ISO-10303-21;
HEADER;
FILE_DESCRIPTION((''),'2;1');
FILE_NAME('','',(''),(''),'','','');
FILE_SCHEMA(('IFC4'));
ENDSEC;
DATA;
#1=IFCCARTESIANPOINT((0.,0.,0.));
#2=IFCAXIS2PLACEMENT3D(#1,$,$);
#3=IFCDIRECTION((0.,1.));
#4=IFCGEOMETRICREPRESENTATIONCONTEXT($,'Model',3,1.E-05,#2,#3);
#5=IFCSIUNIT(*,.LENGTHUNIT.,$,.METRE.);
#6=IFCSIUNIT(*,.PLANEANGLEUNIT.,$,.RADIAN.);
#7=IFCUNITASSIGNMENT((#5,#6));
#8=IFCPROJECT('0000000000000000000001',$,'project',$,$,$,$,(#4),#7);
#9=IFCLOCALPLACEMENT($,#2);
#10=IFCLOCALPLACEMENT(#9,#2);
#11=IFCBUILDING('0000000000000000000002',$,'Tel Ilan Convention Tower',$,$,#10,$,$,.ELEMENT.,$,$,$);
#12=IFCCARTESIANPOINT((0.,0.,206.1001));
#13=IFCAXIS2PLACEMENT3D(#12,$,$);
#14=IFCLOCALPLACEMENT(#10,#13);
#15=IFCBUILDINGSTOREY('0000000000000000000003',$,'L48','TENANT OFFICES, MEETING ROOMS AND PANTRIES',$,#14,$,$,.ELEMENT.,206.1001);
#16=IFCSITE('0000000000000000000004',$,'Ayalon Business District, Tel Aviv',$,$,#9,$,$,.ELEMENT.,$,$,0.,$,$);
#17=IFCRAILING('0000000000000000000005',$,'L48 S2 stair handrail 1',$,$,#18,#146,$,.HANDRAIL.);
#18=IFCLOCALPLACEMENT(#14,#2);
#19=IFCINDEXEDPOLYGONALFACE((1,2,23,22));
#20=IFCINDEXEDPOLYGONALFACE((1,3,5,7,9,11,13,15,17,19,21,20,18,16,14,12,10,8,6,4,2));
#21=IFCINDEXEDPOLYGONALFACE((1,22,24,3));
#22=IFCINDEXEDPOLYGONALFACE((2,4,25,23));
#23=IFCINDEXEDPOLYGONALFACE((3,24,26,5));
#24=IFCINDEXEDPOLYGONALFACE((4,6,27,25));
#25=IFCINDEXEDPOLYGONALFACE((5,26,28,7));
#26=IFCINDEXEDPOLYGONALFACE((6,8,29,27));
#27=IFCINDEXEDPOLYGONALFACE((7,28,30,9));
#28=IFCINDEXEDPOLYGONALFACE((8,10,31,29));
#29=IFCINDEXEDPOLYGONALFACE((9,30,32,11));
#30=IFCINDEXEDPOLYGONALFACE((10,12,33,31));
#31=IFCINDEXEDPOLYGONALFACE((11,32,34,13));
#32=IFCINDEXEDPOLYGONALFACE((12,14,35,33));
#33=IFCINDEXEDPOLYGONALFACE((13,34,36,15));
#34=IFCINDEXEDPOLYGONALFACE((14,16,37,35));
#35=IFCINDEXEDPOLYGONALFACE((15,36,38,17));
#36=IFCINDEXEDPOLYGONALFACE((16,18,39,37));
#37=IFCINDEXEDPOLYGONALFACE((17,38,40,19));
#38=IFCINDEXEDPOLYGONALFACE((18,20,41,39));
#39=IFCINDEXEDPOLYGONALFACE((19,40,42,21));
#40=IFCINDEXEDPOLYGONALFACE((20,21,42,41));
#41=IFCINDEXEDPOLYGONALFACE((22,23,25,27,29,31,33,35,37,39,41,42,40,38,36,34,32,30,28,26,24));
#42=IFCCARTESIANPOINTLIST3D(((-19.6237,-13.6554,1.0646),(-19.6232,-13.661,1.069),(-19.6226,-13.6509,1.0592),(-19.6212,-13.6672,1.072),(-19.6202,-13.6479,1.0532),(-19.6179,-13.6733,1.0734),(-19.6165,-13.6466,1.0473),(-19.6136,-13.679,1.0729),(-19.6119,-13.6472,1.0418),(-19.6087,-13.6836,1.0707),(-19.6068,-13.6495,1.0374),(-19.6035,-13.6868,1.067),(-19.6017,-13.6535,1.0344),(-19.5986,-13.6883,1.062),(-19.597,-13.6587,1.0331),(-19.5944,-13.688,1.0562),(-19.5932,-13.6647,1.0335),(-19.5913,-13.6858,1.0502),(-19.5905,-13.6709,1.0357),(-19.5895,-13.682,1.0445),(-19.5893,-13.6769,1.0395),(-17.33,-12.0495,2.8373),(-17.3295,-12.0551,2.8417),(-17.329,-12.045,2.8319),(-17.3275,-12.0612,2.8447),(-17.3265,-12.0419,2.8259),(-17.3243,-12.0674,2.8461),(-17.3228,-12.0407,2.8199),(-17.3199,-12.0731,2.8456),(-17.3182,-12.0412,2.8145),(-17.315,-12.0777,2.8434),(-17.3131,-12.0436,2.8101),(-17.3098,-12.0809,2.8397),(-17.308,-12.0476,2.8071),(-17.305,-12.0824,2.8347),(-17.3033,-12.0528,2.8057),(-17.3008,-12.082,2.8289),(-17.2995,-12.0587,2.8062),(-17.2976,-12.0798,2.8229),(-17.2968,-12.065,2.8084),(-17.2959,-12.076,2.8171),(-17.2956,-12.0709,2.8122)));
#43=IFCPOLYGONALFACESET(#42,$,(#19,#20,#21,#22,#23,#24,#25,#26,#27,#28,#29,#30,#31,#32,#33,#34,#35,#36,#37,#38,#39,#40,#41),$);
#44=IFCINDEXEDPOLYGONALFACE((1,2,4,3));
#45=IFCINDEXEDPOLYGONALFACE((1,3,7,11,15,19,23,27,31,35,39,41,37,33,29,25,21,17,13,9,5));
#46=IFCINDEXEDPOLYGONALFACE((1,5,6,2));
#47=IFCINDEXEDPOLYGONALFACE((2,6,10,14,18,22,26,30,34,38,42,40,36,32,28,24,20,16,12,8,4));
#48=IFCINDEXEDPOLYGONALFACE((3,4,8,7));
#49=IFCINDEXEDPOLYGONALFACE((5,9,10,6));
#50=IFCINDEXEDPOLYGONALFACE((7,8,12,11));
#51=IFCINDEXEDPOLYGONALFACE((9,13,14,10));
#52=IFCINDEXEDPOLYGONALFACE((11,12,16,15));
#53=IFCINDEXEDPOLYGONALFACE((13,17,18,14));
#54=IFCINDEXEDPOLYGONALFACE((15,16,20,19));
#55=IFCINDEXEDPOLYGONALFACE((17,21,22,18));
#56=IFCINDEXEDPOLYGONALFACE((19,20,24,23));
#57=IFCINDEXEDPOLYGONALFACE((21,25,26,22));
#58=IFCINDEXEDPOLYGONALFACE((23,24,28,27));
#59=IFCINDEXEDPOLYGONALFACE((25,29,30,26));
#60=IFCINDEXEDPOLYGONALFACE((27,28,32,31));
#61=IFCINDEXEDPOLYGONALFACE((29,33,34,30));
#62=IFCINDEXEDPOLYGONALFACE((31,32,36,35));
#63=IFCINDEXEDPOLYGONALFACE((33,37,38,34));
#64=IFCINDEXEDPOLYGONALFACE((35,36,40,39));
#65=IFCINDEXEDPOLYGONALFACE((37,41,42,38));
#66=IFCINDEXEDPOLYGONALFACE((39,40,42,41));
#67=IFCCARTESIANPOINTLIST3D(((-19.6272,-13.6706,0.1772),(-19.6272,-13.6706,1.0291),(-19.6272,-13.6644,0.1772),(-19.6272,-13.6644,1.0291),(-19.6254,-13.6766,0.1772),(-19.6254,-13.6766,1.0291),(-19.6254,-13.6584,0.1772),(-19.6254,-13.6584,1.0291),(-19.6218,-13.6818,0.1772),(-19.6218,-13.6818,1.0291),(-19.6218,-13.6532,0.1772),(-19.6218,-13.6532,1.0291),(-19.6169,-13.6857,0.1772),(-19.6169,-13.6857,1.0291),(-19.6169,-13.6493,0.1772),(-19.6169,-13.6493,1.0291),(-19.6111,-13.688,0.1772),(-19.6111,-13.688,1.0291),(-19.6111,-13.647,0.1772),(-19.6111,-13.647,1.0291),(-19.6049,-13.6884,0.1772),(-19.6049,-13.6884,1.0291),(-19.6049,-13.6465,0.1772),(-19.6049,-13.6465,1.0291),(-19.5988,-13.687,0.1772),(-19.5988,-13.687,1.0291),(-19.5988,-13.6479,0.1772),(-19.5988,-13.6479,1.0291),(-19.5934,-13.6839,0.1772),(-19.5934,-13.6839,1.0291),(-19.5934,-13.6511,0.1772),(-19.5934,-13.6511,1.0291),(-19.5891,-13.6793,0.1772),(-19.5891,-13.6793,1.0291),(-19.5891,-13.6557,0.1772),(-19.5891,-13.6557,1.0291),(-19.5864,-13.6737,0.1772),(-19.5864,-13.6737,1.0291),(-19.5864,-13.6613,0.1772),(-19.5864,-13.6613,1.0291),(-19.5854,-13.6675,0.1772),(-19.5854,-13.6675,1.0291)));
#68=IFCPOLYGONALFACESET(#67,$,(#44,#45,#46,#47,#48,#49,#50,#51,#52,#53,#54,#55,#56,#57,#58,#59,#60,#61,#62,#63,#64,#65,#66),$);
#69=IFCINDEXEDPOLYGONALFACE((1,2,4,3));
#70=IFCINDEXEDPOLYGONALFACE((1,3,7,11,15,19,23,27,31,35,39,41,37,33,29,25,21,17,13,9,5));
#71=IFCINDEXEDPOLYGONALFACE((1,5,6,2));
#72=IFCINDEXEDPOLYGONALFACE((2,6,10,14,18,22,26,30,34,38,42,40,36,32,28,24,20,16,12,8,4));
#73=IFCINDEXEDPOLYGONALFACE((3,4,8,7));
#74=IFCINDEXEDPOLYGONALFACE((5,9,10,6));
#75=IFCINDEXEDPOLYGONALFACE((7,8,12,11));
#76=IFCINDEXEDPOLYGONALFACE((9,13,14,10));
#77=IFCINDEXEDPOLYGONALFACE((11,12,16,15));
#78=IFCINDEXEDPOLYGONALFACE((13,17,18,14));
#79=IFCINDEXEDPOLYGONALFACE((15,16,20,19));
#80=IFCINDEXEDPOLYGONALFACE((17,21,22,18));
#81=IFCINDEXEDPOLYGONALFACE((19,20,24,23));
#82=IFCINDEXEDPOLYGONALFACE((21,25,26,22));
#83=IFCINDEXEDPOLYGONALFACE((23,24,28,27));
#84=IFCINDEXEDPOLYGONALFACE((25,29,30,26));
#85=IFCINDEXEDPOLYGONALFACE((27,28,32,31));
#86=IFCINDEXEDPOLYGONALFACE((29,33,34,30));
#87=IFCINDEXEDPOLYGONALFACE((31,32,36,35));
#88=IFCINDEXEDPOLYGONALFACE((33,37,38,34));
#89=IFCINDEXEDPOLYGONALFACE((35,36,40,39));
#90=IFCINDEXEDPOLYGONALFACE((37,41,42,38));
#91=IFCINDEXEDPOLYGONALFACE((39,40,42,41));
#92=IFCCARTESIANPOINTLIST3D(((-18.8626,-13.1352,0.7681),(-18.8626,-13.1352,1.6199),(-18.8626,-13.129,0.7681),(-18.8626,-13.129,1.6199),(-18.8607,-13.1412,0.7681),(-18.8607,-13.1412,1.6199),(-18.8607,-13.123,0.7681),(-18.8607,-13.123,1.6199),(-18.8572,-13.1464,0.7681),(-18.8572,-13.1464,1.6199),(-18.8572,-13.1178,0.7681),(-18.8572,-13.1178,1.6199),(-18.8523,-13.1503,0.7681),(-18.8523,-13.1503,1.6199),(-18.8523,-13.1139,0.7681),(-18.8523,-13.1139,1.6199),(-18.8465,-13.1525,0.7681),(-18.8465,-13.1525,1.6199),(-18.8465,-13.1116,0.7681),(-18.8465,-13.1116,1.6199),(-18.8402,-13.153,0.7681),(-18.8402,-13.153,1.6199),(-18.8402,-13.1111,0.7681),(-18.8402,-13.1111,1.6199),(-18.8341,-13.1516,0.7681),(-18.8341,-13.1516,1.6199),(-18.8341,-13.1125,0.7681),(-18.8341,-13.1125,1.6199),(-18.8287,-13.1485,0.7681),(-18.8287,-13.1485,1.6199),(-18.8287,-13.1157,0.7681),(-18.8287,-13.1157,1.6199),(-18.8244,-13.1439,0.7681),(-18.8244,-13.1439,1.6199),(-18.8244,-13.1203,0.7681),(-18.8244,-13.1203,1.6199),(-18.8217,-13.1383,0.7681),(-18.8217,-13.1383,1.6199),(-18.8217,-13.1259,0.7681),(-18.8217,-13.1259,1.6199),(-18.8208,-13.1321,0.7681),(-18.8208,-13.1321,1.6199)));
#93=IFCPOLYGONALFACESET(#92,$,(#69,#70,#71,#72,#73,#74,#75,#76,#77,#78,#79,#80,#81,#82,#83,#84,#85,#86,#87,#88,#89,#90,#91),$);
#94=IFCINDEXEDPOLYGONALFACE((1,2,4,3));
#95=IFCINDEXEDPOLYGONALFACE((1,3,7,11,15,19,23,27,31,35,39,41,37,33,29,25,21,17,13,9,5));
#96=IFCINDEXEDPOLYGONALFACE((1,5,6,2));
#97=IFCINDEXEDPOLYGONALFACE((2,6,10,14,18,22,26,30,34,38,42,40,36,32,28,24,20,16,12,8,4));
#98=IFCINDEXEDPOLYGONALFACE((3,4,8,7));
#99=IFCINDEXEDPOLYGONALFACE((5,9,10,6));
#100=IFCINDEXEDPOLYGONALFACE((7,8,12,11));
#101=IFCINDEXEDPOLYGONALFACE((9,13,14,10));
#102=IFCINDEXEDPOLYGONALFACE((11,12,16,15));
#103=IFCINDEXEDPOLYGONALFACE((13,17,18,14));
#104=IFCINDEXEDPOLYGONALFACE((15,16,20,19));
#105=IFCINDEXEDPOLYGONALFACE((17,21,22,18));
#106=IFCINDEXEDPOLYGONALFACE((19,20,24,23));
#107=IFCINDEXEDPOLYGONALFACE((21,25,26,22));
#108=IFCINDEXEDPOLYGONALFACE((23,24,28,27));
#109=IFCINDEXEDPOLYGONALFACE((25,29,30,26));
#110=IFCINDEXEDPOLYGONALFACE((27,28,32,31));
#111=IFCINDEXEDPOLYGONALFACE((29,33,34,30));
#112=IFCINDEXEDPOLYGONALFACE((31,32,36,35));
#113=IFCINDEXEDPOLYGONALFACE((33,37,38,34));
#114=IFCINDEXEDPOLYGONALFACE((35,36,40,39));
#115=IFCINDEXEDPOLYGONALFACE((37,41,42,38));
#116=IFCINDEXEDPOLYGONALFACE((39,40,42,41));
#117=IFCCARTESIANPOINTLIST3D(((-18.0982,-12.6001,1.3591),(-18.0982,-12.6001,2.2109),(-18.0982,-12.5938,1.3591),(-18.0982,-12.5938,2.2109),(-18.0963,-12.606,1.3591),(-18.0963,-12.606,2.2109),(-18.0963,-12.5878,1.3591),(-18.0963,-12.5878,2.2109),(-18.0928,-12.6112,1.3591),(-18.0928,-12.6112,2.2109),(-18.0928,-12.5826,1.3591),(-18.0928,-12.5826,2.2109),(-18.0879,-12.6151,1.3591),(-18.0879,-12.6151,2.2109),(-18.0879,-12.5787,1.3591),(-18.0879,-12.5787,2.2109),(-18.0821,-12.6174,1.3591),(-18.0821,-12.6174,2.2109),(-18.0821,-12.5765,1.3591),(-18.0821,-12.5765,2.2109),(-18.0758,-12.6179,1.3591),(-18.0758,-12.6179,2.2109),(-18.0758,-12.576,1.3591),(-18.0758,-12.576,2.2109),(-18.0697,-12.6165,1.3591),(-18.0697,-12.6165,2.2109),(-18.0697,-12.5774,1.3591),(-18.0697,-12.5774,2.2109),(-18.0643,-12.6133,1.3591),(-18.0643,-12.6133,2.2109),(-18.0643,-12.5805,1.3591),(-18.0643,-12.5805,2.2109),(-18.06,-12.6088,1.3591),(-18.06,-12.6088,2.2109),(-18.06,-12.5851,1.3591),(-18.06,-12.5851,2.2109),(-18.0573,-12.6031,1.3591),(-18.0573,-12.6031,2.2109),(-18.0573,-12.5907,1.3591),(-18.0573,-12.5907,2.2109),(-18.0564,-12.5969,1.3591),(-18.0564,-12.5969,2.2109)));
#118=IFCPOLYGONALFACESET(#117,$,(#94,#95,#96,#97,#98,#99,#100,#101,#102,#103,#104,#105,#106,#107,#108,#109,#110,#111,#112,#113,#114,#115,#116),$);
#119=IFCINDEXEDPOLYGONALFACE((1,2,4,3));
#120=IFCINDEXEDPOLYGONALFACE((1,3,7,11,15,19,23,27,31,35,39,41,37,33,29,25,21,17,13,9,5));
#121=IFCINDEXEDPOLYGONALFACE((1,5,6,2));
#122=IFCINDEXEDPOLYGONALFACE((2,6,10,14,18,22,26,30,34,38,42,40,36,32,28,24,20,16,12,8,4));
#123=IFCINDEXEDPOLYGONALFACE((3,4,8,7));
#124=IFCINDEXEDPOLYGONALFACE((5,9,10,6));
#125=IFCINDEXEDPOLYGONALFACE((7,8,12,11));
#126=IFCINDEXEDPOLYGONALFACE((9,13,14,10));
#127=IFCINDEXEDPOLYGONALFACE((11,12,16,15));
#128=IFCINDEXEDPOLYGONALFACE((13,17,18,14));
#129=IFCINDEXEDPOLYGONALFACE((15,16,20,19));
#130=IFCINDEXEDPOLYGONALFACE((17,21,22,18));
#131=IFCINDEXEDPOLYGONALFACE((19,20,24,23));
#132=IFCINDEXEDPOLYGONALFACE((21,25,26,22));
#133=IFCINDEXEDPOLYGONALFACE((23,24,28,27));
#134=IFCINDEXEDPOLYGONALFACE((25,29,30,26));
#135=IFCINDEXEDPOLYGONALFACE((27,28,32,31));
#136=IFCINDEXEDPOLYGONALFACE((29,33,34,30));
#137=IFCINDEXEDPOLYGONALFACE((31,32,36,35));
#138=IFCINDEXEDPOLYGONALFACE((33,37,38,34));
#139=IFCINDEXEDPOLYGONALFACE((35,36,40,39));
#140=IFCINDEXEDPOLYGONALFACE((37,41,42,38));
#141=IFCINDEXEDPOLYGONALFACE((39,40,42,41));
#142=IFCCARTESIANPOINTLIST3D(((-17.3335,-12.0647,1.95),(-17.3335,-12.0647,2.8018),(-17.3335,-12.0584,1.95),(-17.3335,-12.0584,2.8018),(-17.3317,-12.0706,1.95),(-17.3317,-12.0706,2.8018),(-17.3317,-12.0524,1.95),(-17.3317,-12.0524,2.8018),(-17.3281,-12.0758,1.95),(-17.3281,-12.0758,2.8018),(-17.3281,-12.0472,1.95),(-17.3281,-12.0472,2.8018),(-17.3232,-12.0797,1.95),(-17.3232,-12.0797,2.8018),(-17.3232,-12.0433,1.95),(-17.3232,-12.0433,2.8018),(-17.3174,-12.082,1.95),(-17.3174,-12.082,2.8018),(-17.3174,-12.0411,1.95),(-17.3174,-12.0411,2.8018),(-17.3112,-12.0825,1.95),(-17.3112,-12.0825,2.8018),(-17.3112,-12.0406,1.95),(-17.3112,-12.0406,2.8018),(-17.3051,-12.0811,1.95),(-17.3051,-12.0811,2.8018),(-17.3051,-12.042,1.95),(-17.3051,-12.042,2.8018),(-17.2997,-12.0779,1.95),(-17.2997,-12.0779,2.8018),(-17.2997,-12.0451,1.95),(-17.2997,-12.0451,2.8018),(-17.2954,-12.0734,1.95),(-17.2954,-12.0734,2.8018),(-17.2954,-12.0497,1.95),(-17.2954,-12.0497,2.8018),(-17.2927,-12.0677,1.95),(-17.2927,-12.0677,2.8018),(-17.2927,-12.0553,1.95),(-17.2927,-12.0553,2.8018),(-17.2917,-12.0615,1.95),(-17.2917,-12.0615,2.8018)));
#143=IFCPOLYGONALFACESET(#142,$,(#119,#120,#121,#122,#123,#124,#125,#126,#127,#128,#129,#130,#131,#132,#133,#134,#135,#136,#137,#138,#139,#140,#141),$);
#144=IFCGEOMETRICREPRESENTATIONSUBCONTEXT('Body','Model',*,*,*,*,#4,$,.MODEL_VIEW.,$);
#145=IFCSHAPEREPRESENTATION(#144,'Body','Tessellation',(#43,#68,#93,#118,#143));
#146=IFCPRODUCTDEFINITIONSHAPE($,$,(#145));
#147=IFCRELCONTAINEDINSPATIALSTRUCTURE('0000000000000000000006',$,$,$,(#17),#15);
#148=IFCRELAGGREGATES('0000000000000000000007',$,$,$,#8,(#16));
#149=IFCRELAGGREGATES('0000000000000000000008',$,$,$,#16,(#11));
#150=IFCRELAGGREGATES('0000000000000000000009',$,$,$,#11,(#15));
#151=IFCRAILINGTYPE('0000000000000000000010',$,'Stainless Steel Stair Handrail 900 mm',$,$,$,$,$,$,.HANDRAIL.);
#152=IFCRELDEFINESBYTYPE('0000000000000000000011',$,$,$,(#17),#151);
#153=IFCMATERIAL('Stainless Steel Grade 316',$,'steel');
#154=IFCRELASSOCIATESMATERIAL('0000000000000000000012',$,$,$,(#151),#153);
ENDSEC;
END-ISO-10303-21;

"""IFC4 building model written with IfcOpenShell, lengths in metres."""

from ifc_helpers import new_model, si_unit, direction, frame, origin, origin_2d, place, context, subcontext, project, spatial, circle, extrude, material, type_object, element, save


model = new_model("IFC4")

# Units and contexts
model_context = context("Model", 3, precision=1e-05, world=origin(), true_north=direction((0.0, 1.0)))
body_context = subcontext(model_context, "Body", "Model", "MODEL_VIEW")
ifc_project = project(units=[si_unit("LENGTHUNIT", "METRE"), si_unit("PLANEANGLEUNIT", "RADIAN")], contexts=[model_context])

# Site, building, storey
site_placement = place(None, origin())
site = spatial("IfcSite", under=ifc_project, at=site_placement, Name="Ayalon Business District, Tel Aviv", CompositionType="ELEMENT", RefElevation=0.0)
building_placement = place(site_placement, origin())
building = spatial("IfcBuilding", under=site, at=building_placement, Name="Tel Ilan Convention Tower", CompositionType="ELEMENT")
storey_placement = place(building_placement, frame((0.0, 0.0, 206.1001)))
storey = spatial("IfcBuildingStorey", under=building, at=storey_placement, Name="L48", Description="TENANT OFFICES, MEETING ROOMS AND PANTRIES", CompositionType="ELEMENT", Elevation=206.1001)

# Railing
ifc_material_1 = material(Name="Stainless Steel Grade 316", Category="steel")
railing_type = type_object("IfcRailingType", Name="Stainless Steel Stair Handrail 900 mm", PredefinedType="HANDRAIL", material=ifc_material_1)
railing_placement = place(storey_placement, frame((-19.6064, -13.6675, 0.1772)))
element("IfcRailing", 1, at=railing_placement, inside=storey, type_object=railing_type, Name="L48 S2 stair handrail 1", PredefinedType="HANDRAIL", context=body_context, shape_type="SweptSolid", body=[
    extrude(circle(Radius=0.0239, at=origin_2d()), frame((0.0, 0.0, 0.876), z_axis=(0.692123, 0.484597, 0.534913), x_axis=(-0.57355, 0.81917, 0.0)), (0.0, 0.0, 1.0), 3.314),
    extrude(circle(Radius=0.021, at=origin_2d()), origin(), (0.0, 0.0, 1.0), 0.8518),
    extrude(circle(Radius=0.021, at=origin_2d()), frame((0.7646, 0.5354, 0.5908)), (0.0, 0.0, 1.0), 0.8518),
    extrude(circle(Radius=0.021, at=origin_2d()), frame((1.5291, 1.0706, 1.1819)), (0.0, 0.0, 1.0), 0.8518),
    extrude(circle(Radius=0.021, at=origin_2d()), frame((2.2937, 1.606, 1.7727)), (0.0, 0.0, 1.0), 0.8518),
])

save(model, "model.ifc")
